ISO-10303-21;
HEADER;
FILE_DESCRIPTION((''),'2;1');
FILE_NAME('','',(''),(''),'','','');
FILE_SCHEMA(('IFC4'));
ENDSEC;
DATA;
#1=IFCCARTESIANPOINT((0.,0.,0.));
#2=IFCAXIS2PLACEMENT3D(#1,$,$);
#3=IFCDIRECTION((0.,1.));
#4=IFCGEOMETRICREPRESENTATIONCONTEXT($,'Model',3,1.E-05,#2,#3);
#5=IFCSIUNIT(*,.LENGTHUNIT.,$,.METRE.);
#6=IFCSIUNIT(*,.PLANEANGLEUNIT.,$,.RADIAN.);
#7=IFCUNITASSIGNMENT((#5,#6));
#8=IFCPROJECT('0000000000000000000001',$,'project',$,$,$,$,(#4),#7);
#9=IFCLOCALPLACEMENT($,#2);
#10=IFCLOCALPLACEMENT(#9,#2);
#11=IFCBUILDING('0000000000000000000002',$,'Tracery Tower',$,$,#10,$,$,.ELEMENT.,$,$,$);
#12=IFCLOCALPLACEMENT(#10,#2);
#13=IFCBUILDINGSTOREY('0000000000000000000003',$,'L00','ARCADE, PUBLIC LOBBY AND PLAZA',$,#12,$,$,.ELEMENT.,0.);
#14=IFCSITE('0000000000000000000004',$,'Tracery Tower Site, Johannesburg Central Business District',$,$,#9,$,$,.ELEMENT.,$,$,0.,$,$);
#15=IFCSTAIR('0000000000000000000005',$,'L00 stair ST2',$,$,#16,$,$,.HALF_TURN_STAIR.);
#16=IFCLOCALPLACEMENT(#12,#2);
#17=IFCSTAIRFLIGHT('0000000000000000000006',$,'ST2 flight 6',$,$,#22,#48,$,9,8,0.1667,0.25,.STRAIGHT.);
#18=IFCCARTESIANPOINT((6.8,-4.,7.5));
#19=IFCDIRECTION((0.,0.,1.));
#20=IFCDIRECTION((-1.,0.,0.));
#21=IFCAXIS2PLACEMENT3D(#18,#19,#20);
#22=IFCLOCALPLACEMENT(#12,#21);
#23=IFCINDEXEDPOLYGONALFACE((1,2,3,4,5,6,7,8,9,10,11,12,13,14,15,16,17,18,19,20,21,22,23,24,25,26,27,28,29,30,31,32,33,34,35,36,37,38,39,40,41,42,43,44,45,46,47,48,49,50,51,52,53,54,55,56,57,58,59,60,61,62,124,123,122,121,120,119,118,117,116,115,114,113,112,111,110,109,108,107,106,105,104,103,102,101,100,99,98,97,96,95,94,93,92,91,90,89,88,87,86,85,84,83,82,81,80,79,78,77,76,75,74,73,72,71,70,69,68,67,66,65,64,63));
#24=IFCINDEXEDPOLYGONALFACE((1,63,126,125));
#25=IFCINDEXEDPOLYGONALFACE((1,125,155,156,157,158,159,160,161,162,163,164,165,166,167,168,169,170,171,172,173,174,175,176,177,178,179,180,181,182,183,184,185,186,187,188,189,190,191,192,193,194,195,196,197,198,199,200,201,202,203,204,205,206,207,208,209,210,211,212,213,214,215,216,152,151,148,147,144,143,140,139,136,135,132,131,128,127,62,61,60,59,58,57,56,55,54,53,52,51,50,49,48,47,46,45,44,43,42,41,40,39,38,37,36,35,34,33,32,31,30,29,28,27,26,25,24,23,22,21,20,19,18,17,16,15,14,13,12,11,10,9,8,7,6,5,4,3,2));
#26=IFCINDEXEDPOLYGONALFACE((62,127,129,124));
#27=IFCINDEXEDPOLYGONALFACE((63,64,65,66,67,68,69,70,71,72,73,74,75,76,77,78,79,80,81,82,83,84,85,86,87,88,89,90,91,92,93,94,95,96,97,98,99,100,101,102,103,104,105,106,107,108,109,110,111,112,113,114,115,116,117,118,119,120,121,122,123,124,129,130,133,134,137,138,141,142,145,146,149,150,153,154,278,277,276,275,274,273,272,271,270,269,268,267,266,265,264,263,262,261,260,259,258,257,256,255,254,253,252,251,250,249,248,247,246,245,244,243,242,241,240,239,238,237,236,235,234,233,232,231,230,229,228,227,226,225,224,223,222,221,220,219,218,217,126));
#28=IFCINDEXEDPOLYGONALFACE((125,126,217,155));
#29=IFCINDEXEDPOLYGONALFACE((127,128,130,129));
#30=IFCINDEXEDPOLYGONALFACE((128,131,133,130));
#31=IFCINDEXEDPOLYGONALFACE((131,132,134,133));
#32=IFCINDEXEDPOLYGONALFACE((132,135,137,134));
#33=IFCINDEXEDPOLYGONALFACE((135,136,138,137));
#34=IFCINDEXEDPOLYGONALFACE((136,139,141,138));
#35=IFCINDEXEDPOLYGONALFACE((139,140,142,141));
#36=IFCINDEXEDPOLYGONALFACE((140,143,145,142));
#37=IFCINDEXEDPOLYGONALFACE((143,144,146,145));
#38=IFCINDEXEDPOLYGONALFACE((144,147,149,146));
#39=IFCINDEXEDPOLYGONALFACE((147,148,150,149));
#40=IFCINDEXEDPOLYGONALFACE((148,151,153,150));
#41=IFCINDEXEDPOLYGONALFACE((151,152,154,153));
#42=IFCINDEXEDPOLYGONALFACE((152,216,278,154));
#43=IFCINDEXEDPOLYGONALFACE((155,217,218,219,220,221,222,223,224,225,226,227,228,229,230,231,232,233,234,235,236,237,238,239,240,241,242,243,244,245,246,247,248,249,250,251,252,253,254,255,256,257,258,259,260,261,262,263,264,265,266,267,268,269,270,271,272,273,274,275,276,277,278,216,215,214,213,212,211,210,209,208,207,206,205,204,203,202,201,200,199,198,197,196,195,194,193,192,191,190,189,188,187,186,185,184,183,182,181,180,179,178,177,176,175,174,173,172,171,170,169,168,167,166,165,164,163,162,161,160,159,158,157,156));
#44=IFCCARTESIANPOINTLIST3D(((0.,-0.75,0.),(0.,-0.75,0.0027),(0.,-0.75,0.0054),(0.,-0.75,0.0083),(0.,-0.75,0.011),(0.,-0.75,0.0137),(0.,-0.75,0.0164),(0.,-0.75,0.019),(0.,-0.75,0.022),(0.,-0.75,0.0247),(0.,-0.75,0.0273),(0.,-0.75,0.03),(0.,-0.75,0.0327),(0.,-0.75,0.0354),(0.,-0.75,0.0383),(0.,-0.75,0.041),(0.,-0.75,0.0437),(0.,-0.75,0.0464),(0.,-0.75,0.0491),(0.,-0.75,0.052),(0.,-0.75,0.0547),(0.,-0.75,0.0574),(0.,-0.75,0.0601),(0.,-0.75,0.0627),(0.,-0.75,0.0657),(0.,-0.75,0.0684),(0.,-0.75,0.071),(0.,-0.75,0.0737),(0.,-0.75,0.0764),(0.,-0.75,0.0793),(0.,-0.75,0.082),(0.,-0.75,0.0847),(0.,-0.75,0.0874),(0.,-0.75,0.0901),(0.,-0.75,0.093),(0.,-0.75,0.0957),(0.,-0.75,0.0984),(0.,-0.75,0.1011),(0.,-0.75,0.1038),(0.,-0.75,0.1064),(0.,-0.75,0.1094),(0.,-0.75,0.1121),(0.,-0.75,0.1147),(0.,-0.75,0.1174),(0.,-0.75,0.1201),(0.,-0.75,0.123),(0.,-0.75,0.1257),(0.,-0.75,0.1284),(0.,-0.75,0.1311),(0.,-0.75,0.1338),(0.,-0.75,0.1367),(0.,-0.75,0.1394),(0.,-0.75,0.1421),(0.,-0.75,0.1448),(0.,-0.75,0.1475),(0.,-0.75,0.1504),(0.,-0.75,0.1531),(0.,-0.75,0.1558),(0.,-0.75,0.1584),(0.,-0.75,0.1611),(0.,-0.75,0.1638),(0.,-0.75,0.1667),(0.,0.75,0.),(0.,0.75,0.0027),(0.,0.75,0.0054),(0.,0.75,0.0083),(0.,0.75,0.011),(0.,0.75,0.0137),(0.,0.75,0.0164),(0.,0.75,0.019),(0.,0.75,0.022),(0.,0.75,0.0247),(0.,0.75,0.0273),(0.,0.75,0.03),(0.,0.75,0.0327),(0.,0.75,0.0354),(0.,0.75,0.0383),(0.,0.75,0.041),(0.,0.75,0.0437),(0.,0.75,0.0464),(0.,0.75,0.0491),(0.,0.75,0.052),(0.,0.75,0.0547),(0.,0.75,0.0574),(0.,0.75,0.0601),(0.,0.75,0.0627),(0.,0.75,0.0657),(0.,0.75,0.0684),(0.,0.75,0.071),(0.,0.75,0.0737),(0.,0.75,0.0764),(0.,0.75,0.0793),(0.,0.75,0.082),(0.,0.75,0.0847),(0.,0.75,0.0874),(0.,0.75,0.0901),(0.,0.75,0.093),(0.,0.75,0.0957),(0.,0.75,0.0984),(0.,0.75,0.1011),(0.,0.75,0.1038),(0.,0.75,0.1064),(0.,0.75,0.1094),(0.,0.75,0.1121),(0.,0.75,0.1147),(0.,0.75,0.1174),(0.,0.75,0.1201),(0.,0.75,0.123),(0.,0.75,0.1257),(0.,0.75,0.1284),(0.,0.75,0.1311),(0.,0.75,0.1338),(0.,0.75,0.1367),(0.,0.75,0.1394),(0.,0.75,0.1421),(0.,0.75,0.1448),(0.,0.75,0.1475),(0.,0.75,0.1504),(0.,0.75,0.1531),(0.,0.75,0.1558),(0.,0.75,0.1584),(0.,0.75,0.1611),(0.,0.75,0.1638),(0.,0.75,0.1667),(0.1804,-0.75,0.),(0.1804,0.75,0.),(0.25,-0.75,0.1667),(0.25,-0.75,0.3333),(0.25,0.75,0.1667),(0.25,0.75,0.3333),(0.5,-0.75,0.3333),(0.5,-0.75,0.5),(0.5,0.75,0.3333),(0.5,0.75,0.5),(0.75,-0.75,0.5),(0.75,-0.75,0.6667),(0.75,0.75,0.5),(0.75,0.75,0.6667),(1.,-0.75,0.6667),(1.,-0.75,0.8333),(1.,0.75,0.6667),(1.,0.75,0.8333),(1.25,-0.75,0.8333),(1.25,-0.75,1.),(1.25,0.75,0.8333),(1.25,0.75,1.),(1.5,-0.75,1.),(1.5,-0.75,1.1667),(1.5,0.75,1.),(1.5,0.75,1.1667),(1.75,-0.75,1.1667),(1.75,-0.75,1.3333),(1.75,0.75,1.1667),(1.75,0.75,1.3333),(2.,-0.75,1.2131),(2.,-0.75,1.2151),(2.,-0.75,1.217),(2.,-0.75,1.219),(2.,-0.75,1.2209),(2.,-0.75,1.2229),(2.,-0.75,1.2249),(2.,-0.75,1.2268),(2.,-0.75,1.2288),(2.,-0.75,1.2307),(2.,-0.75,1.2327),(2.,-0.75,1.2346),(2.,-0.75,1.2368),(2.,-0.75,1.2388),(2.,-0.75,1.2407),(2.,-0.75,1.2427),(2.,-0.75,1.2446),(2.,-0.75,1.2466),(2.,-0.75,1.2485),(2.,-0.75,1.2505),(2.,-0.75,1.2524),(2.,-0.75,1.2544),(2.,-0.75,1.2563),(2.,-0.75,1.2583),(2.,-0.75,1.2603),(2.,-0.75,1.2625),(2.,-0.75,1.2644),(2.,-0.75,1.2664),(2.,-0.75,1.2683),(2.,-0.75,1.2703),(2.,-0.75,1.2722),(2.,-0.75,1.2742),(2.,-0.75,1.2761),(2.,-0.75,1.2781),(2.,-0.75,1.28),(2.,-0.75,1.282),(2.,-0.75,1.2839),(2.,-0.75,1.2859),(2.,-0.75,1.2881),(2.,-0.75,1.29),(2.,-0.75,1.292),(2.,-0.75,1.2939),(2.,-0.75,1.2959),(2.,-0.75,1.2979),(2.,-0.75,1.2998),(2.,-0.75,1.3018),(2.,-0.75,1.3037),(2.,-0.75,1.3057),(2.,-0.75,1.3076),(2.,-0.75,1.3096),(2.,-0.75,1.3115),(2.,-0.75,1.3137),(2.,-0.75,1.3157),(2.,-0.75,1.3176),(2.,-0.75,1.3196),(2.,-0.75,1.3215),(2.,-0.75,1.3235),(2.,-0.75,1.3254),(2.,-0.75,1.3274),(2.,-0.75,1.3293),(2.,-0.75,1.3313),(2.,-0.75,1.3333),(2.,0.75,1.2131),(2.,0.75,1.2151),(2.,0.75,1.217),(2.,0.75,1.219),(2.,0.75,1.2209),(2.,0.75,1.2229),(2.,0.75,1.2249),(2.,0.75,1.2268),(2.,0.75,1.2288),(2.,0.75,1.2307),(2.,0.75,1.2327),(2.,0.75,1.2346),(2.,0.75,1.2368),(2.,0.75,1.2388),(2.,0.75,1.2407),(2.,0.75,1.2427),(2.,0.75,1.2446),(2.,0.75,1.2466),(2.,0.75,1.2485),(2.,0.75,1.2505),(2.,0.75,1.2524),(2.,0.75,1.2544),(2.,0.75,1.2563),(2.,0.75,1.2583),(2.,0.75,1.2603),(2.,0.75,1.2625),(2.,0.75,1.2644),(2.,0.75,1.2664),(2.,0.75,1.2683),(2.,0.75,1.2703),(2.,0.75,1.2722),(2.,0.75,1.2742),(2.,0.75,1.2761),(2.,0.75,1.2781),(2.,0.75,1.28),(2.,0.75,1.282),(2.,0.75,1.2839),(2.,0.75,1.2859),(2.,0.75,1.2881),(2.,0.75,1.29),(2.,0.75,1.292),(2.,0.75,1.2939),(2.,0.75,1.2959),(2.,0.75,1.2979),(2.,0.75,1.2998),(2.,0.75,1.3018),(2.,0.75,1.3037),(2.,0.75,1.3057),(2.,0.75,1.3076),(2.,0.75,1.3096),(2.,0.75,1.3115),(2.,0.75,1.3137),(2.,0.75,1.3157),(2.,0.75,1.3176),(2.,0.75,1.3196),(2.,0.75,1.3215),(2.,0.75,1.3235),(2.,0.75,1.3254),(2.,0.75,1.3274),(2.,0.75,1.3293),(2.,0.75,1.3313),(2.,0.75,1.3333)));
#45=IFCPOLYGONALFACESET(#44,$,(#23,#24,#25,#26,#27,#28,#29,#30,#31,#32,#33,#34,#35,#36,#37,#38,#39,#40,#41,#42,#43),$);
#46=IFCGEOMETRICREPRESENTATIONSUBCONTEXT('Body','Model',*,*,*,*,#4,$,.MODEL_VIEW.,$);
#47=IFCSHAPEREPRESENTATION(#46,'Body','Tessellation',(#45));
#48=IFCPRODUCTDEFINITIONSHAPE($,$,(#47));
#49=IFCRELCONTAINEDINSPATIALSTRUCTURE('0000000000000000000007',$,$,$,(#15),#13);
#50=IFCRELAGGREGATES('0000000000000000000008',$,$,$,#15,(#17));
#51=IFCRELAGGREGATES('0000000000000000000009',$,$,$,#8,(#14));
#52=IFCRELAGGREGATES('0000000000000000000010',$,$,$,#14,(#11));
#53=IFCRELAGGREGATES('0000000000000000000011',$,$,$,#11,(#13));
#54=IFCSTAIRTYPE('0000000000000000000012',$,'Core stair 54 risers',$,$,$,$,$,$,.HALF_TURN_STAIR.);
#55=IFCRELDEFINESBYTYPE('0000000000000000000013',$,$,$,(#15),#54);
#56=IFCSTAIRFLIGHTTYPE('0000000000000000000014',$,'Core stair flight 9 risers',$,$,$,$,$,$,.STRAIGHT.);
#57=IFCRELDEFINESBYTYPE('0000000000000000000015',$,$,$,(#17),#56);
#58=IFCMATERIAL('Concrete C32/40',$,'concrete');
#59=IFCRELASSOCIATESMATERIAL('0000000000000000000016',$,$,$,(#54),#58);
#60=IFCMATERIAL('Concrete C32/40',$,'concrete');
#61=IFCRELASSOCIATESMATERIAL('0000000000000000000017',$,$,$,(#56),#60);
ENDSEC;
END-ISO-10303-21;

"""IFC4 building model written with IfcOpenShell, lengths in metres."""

from ifc_helpers import new_model, si_unit, direction, frame, origin, place, context, subcontext, project, spatial, polyline, outline, extrude, material, type_object, element, aggregate, save


model = new_model("IFC4")

# Units and contexts
model_context = context("Model", 3, precision=1e-05, world=origin(), true_north=direction((0.0, 1.0)))
body_context = subcontext(model_context, "Body", "Model", "MODEL_VIEW")
ifc_project = project(units=[si_unit("LENGTHUNIT", "METRE"), si_unit("PLANEANGLEUNIT", "RADIAN")], contexts=[model_context])

# Site, building, storey
site_placement = place(None, origin())
site = spatial("IfcSite", under=ifc_project, at=site_placement, Name="Tracery Tower Site, Johannesburg Central Business District", CompositionType="ELEMENT", RefElevation=0.0)
building_placement = place(site_placement, origin())
building = spatial("IfcBuilding", under=site, at=building_placement, Name="Tracery Tower", CompositionType="ELEMENT")
storey_placement = place(building_placement, origin())
storey = spatial("IfcBuildingStorey", under=building, at=storey_placement, Name="L00", Description="ARCADE, PUBLIC LOBBY AND PLAZA", CompositionType="ELEMENT", Elevation=0.0)

# Stair, stair flight
ifc_material_1 = material(Name="Concrete C32/40", Category="concrete")
stair_type = type_object("IfcStairType", Name="Core stair 54 risers", PredefinedType="HALF_TURN_STAIR", material=ifc_material_1)
stair_placement = place(storey_placement, origin())
stair = element("IfcStair", 1, at=stair_placement, inside=storey, type_object=stair_type, Name="L00 stair ST2", PredefinedType="HALF_TURN_STAIR")
ifc_material_2 = material(Name="Concrete C32/40", Category="concrete")
stair_flight_type = type_object("IfcStairFlightType", Name="Core stair flight 9 risers", PredefinedType="STRAIGHT", material=ifc_material_2)
stair_flight_1_placement = place(storey_placement, frame((6.8, -4.0, 7.5), z_axis=(0.0, 0.0, 1.0), x_axis=(-1.0, 0.0, 0.0)))
stair_flight_1 = element("IfcStairFlight", 2, at=stair_flight_1_placement, type_object=stair_flight_type, Name="ST2 flight 6", NumberOfRisers=9, NumberOfTreads=8, PredefinedType="STRAIGHT", RiserHeight=0.1667, TreadLength=0.25, context=body_context, shape_type="SweptSolid", body=[
    extrude(outline(polyline([(0.0, 0.0), (0.0, 0.0027), (0.0, 0.0054), (0.0, 0.0083), (0.0, 0.011), (0.0, 0.0137), (0.0, 0.0164), (0.0, 0.019), (0.0, 0.022), (0.0, 0.0247), (0.0, 0.0273), (0.0, 0.03), (0.0, 0.0327), (0.0, 0.0354), (0.0, 0.0383), (0.0, 0.041), (0.0, 0.0437), (0.0, 0.0464), (0.0, 0.0491), (0.0, 0.052), (0.0, 0.0547), (0.0, 0.0574), (0.0, 0.0601), (0.0, 0.0627), (0.0, 0.0657), (0.0, 0.0684), (0.0, 0.071), (0.0, 0.0737), (0.0, 0.0764), (0.0, 0.0793), (0.0, 0.082), (0.0, 0.0847), (0.0, 0.0874), (0.0, 0.0901), (0.0, 0.093), (0.0, 0.0957), (0.0, 0.0984), (0.0, 0.1011), (0.0, 0.1038), (0.0, 0.1064), (0.0, 0.1094), (0.0, 0.1121), (0.0, 0.1147), (0.0, 0.1174), (0.0, 0.1201), (0.0, 0.123), (0.0, 0.1257), (0.0, 0.1284), (0.0, 0.1311), (0.0, 0.1338), (0.0, 0.1367), (0.0, 0.1394), (0.0, 0.1421), (0.0, 0.1448), (0.0, 0.1475), (0.0, 0.1504), (0.0, 0.1531), (0.0, 0.1558), (0.0, 0.1584), (0.0, 0.1611), (0.0, 0.1638), (0.0, 0.1667), (0.25, 0.1667), (0.25, 0.3333), (0.5, 0.3333), (0.5, 0.5), (0.75, 0.5), (0.75, 0.6667), (1.0, 0.6667), (1.0, 0.8333), (1.25, 0.8333), (1.25, 1.0), (1.5, 1.0), (1.5, 1.1667), (1.75, 1.1667), (1.75, 1.3333), (2.0, 1.3333), (2.0, 1.3313), (2.0, 1.3293), (2.0, 1.3274), (2.0, 1.3254), (2.0, 1.3235), (2.0, 1.3215), (2.0, 1.3196), (2.0, 1.3176), (2.0, 1.3157), (2.0, 1.3137), (2.0, 1.3115), (2.0, 1.3096), (2.0, 1.3076), (2.0, 1.3057), (2.0, 1.3037), (2.0, 1.3018), (2.0, 1.2998), (2.0, 1.2979), (2.0, 1.2959), (2.0, 1.2939), (2.0, 1.292), (2.0, 1.29), (2.0, 1.2881), (2.0, 1.2859), (2.0, 1.2839), (2.0, 1.282), (2.0, 1.28), (2.0, 1.2781), (2.0, 1.2761), (2.0, 1.2742), (2.0, 1.2722), (2.0, 1.2703), (2.0, 1.2683), (2.0, 1.2664), (2.0, 1.2644), (2.0, 1.2625), (2.0, 1.2603), (2.0, 1.2583), (2.0, 1.2563), (2.0, 1.2544), (2.0, 1.2524), (2.0, 1.2505), (2.0, 1.2485), (2.0, 1.2466), (2.0, 1.2446), (2.0, 1.2427), (2.0, 1.2407), (2.0, 1.2388), (2.0, 1.2368), (2.0, 1.2346), (2.0, 1.2327), (2.0, 1.2307), (2.0, 1.2288), (2.0, 1.2268), (2.0, 1.2249), (2.0, 1.2229), (2.0, 1.2209), (2.0, 1.219), (2.0, 1.217), (2.0, 1.2151), (2.0, 1.2131), (0.1804, 0.0), (0.0, 0.0)])), frame((0.0, 0.75, 0.0), z_axis=(0.0, -1.0, 0.0), x_axis=(1.0, 0.0, 0.0)), (0.0, 0.0, 1.0), 1.5),
])
aggregate(stair, [stair_flight_1])

save(model, "model.ifc")
